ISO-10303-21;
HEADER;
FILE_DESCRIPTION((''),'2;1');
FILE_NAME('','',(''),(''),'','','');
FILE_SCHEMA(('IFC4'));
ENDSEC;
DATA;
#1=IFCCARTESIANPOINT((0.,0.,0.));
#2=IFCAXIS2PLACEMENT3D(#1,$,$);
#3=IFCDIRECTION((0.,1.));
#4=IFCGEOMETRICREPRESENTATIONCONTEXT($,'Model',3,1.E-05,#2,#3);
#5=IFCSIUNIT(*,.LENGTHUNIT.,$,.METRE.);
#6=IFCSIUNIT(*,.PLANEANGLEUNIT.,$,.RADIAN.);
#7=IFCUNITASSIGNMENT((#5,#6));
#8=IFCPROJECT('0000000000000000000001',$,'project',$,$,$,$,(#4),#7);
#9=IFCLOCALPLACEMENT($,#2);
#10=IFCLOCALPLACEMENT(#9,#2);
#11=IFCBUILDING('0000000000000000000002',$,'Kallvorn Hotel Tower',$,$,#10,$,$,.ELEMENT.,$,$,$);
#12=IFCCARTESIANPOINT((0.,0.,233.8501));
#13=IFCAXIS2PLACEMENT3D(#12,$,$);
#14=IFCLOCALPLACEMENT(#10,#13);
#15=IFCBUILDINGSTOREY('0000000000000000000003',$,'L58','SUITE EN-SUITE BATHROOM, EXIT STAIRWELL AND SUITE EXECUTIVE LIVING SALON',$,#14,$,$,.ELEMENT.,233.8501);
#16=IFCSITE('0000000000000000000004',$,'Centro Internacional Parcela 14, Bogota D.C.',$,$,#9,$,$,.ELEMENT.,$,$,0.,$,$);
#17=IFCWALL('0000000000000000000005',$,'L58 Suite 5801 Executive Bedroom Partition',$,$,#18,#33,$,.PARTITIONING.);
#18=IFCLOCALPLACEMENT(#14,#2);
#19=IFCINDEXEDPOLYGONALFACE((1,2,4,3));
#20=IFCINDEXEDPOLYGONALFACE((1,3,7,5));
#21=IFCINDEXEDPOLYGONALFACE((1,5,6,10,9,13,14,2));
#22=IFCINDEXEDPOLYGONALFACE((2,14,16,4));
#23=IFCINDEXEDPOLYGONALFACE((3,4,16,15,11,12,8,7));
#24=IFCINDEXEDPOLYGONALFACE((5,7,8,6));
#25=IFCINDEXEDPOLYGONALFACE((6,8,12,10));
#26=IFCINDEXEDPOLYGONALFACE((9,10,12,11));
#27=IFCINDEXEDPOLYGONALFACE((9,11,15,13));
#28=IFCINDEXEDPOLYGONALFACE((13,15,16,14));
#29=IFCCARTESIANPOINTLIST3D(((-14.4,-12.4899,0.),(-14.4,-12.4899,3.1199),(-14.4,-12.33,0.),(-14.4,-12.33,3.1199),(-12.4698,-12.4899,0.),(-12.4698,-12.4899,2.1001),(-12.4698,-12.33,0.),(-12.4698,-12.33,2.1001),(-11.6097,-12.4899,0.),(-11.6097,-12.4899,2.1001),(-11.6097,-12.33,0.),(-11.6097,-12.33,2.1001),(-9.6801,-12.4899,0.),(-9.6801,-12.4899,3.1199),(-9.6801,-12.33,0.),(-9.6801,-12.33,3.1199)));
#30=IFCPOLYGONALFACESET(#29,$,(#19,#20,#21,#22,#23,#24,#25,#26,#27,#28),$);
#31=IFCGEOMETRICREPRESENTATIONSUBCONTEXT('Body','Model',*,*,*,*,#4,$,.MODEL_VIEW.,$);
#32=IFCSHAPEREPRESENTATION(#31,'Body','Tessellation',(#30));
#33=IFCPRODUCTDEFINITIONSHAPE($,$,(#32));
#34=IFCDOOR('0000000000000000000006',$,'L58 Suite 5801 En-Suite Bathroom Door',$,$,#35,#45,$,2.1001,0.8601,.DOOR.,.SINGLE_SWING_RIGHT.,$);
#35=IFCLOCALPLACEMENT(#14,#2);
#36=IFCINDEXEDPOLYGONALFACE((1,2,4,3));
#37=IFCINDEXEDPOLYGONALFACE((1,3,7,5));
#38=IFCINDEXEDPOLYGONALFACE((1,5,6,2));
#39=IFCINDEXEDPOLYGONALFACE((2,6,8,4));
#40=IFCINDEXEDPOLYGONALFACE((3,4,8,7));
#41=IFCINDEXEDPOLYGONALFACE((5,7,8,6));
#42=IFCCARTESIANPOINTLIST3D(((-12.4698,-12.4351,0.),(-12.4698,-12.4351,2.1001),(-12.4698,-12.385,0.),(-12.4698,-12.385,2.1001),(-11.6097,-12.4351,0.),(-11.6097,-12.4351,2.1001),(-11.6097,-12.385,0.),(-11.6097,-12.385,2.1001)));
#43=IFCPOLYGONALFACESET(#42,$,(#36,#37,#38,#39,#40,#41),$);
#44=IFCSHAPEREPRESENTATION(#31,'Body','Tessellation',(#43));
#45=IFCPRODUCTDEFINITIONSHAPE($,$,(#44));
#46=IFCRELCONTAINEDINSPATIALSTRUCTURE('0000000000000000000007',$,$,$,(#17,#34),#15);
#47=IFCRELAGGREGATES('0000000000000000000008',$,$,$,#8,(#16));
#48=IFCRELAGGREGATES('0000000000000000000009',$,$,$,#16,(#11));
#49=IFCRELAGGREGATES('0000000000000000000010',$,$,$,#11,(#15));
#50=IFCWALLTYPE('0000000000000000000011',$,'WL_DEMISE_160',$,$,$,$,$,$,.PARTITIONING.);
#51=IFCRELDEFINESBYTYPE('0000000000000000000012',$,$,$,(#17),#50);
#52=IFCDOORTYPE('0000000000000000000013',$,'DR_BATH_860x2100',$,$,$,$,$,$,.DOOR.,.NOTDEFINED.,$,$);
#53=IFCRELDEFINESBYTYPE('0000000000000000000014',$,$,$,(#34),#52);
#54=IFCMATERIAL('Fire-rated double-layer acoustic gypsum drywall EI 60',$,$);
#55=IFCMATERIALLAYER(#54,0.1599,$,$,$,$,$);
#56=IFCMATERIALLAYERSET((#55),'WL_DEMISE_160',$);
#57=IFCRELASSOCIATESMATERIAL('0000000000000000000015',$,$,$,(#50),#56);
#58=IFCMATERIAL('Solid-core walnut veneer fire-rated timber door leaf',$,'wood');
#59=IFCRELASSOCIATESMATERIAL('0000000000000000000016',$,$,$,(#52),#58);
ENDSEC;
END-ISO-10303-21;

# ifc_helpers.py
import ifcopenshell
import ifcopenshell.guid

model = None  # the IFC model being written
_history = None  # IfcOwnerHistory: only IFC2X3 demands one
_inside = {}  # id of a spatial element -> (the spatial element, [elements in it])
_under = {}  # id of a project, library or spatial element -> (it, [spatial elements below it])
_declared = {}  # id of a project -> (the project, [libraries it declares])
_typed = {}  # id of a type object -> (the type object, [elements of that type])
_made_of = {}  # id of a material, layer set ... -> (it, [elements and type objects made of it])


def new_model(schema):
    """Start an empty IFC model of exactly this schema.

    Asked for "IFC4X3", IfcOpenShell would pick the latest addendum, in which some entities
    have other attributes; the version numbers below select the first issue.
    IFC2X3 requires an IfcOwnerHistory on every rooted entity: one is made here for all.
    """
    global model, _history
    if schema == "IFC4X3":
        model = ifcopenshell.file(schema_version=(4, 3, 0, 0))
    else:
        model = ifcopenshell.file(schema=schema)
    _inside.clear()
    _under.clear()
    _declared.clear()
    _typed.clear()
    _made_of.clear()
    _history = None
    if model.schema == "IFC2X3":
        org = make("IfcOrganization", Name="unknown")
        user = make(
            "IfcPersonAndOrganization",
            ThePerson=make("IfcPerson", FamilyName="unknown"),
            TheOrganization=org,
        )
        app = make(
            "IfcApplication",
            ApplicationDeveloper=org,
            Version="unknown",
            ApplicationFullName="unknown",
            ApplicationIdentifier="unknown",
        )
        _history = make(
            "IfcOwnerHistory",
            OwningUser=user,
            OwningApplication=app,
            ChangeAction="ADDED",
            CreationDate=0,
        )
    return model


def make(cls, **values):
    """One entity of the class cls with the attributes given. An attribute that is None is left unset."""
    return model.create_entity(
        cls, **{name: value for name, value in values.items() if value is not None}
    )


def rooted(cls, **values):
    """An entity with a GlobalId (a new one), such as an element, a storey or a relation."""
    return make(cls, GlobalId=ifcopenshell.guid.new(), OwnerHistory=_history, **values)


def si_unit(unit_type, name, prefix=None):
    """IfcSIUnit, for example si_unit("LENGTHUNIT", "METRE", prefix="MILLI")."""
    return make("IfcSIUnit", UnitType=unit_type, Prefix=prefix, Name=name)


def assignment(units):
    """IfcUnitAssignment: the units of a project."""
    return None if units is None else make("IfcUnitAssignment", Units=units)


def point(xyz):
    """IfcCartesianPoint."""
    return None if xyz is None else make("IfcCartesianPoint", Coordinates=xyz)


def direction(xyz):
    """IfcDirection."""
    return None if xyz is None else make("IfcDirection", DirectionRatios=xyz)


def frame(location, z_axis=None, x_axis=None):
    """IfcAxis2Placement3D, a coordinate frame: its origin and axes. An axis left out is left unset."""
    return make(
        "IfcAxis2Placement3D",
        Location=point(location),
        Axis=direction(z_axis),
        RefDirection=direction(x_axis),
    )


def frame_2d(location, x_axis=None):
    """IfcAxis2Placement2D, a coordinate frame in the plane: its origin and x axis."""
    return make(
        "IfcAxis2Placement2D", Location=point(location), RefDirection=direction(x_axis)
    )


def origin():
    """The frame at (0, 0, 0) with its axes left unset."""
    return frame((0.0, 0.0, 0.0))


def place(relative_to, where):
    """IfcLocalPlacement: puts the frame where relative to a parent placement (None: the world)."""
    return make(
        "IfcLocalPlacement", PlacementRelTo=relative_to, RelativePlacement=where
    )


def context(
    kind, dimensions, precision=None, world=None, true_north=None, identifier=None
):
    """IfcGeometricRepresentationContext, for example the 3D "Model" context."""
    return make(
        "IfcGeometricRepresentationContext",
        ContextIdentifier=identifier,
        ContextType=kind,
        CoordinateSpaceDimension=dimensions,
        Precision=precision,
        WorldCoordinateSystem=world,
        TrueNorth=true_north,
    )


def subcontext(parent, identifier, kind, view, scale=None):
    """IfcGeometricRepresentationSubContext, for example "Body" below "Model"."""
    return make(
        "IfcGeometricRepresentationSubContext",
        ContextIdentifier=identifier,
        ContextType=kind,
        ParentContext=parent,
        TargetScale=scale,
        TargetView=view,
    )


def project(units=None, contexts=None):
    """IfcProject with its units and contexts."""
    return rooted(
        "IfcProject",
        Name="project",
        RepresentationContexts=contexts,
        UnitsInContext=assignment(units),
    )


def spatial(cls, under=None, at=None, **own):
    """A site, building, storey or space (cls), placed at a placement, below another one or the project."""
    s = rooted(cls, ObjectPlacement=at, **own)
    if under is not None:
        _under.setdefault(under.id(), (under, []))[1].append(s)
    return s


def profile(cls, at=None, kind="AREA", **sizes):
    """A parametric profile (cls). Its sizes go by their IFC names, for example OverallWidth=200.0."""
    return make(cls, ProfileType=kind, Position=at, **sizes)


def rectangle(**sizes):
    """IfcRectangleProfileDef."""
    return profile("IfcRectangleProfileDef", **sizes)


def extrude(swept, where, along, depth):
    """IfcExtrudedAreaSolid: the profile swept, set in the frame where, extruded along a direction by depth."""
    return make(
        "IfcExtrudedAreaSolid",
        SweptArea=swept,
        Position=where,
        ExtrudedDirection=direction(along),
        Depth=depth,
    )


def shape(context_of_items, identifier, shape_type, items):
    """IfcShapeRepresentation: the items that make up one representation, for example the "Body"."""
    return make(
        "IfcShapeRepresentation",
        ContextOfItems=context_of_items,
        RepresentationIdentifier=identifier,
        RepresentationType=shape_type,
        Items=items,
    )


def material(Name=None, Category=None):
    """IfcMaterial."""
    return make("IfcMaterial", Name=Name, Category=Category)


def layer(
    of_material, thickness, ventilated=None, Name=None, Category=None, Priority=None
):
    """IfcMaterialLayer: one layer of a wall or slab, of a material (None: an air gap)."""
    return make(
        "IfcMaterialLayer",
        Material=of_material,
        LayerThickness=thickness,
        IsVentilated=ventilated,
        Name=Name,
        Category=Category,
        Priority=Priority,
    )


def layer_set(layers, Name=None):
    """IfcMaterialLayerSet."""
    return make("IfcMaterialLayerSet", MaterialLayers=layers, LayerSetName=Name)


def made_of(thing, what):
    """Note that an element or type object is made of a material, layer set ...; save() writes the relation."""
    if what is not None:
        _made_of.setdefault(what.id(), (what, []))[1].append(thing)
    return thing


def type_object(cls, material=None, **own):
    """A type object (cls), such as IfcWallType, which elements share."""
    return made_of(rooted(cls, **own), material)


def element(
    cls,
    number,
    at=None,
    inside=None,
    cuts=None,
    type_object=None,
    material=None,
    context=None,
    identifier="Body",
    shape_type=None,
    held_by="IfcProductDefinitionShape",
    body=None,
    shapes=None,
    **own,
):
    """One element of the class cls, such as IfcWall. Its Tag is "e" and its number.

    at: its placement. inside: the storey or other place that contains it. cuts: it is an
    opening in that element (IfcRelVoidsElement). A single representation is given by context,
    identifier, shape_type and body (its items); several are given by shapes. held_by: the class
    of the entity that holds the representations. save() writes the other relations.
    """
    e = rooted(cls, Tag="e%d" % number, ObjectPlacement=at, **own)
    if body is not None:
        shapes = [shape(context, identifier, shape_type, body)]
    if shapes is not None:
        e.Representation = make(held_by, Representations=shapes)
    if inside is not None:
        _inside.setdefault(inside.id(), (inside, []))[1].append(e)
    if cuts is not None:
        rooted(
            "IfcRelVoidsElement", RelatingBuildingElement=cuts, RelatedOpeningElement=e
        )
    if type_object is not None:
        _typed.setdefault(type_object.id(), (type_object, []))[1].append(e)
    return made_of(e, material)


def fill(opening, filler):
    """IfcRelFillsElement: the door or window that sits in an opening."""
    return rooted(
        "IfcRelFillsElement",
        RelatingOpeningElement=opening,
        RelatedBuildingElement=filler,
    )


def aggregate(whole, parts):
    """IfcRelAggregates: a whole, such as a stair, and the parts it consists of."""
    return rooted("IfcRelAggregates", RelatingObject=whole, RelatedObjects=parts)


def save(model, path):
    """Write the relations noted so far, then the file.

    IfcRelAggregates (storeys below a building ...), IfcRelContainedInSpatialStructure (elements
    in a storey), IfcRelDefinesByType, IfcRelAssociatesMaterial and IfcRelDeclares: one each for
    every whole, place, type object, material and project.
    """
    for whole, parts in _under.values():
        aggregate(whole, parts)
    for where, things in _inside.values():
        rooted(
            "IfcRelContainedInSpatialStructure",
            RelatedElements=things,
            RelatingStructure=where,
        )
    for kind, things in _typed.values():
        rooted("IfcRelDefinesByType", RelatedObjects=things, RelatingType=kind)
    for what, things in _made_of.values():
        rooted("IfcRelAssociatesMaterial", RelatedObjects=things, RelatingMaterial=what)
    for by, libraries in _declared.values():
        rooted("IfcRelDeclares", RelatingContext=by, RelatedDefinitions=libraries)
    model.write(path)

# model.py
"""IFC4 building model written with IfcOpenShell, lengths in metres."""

from ifc_helpers import new_model, si_unit, direction, frame, frame_2d, origin, place, context, subcontext, project, spatial, rectangle, extrude, material, layer, layer_set, type_object, element, fill, save


model = new_model("IFC4")

# Units and contexts
model_context = context("Model", 3, precision=1e-05, world=origin(), true_north=direction((0.0, 1.0)))
body_context = subcontext(model_context, "Body", "Model", "MODEL_VIEW")
ifc_project = project(units=[si_unit("LENGTHUNIT", "METRE"), si_unit("PLANEANGLEUNIT", "RADIAN")], contexts=[model_context])

# Site, building, storey
site_placement = place(None, origin())
site = spatial("IfcSite", under=ifc_project, at=site_placement, Name="Centro Internacional Parcela 14, Bogota D.C.", CompositionType="ELEMENT", RefElevation=0.0)
building_placement = place(site_placement, origin())
building = spatial("IfcBuilding", under=site, at=building_placement, Name="Kallvorn Hotel Tower", CompositionType="ELEMENT")
storey_placement = place(building_placement, frame((0.0, 0.0, 233.8501)))
storey = spatial("IfcBuildingStorey", under=building, at=storey_placement, Name="L58", Description="SUITE EN-SUITE BATHROOM, EXIT STAIRWELL AND SUITE EXECUTIVE LIVING SALON", CompositionType="ELEMENT", Elevation=233.8501)

# Wall, opening, door
ifc_material_1 = material(Name="Fire-rated double-layer acoustic gypsum drywall EI 60")
ifc_layer_1 = layer(ifc_material_1, 0.1599)
ifc_layer_set_1 = layer_set([ifc_layer_1], Name="WL_DEMISE_160")
wall_type = type_object("IfcWallType", Name="WL_DEMISE_160", PredefinedType="PARTITIONING", material=ifc_layer_set_1)
wall_1_placement = place(storey_placement, frame((-14.3999, -12.4099, 0.0), z_axis=(0.0, 0.0, 1.0), x_axis=(1.0, 0.0, 0.0)))
wall_1 = element("IfcWall", 1, at=wall_1_placement, inside=storey, type_object=wall_type, Name="L58 Suite 5801 Executive Bedroom Partition", PredefinedType="PARTITIONING", context=body_context, shape_type="SweptSolid", body=[
    extrude(rectangle(XDim=4.72, YDim=0.1599, at=frame_2d((2.3599, 0.0))), origin(), (0.0, 0.0, 1.0), 3.1199),
])
opening_1_placement = place(wall_1_placement, frame((1.9299, 0.0, 0.0)))
opening_1 = element("IfcOpeningElement", 2, at=opening_1_placement, cuts=wall_1, PredefinedType="OPENING", context=body_context, shape_type="SweptSolid", body=[
    extrude(rectangle(XDim=0.8601, YDim=2.1001, at=frame_2d((0.4302, 1.05))), frame((0.0, 0.095, 0.0), z_axis=(0.0, -1.0, 0.0), x_axis=(1.0, 0.0, 0.0)), (0.0, 0.0, 1.0), 0.1899),
])
ifc_material_2 = material(Name="Solid-core walnut veneer fire-rated timber door leaf", Category="wood")
door_type_1 = type_object("IfcDoorType", Name="DR_BATH_860x2100", OperationType="NOTDEFINED", PredefinedType="DOOR", material=ifc_material_2)
door_1_placement = place(opening_1_placement, origin())
door_1 = element("IfcDoor", 3, at=door_1_placement, inside=storey, type_object=door_type_1, Name="L58 Suite 5801 En-Suite Bathroom Door", OperationType="SINGLE_SWING_RIGHT", OverallHeight=2.1001, OverallWidth=0.8601, PredefinedType="DOOR", context=body_context, shape_type="SweptSolid", body=[
    extrude(rectangle(XDim=0.8601, YDim=2.1001, at=frame_2d((0.4302, 1.05))), frame((0.0, 0.0249, 0.0), z_axis=(0.0, -1.0, 0.0), x_axis=(1.0, 0.0, 0.0)), (0.0, 0.0, 1.0), 0.05),
])
fill(opening_1, door_1)

save(model, "model.ifc")
